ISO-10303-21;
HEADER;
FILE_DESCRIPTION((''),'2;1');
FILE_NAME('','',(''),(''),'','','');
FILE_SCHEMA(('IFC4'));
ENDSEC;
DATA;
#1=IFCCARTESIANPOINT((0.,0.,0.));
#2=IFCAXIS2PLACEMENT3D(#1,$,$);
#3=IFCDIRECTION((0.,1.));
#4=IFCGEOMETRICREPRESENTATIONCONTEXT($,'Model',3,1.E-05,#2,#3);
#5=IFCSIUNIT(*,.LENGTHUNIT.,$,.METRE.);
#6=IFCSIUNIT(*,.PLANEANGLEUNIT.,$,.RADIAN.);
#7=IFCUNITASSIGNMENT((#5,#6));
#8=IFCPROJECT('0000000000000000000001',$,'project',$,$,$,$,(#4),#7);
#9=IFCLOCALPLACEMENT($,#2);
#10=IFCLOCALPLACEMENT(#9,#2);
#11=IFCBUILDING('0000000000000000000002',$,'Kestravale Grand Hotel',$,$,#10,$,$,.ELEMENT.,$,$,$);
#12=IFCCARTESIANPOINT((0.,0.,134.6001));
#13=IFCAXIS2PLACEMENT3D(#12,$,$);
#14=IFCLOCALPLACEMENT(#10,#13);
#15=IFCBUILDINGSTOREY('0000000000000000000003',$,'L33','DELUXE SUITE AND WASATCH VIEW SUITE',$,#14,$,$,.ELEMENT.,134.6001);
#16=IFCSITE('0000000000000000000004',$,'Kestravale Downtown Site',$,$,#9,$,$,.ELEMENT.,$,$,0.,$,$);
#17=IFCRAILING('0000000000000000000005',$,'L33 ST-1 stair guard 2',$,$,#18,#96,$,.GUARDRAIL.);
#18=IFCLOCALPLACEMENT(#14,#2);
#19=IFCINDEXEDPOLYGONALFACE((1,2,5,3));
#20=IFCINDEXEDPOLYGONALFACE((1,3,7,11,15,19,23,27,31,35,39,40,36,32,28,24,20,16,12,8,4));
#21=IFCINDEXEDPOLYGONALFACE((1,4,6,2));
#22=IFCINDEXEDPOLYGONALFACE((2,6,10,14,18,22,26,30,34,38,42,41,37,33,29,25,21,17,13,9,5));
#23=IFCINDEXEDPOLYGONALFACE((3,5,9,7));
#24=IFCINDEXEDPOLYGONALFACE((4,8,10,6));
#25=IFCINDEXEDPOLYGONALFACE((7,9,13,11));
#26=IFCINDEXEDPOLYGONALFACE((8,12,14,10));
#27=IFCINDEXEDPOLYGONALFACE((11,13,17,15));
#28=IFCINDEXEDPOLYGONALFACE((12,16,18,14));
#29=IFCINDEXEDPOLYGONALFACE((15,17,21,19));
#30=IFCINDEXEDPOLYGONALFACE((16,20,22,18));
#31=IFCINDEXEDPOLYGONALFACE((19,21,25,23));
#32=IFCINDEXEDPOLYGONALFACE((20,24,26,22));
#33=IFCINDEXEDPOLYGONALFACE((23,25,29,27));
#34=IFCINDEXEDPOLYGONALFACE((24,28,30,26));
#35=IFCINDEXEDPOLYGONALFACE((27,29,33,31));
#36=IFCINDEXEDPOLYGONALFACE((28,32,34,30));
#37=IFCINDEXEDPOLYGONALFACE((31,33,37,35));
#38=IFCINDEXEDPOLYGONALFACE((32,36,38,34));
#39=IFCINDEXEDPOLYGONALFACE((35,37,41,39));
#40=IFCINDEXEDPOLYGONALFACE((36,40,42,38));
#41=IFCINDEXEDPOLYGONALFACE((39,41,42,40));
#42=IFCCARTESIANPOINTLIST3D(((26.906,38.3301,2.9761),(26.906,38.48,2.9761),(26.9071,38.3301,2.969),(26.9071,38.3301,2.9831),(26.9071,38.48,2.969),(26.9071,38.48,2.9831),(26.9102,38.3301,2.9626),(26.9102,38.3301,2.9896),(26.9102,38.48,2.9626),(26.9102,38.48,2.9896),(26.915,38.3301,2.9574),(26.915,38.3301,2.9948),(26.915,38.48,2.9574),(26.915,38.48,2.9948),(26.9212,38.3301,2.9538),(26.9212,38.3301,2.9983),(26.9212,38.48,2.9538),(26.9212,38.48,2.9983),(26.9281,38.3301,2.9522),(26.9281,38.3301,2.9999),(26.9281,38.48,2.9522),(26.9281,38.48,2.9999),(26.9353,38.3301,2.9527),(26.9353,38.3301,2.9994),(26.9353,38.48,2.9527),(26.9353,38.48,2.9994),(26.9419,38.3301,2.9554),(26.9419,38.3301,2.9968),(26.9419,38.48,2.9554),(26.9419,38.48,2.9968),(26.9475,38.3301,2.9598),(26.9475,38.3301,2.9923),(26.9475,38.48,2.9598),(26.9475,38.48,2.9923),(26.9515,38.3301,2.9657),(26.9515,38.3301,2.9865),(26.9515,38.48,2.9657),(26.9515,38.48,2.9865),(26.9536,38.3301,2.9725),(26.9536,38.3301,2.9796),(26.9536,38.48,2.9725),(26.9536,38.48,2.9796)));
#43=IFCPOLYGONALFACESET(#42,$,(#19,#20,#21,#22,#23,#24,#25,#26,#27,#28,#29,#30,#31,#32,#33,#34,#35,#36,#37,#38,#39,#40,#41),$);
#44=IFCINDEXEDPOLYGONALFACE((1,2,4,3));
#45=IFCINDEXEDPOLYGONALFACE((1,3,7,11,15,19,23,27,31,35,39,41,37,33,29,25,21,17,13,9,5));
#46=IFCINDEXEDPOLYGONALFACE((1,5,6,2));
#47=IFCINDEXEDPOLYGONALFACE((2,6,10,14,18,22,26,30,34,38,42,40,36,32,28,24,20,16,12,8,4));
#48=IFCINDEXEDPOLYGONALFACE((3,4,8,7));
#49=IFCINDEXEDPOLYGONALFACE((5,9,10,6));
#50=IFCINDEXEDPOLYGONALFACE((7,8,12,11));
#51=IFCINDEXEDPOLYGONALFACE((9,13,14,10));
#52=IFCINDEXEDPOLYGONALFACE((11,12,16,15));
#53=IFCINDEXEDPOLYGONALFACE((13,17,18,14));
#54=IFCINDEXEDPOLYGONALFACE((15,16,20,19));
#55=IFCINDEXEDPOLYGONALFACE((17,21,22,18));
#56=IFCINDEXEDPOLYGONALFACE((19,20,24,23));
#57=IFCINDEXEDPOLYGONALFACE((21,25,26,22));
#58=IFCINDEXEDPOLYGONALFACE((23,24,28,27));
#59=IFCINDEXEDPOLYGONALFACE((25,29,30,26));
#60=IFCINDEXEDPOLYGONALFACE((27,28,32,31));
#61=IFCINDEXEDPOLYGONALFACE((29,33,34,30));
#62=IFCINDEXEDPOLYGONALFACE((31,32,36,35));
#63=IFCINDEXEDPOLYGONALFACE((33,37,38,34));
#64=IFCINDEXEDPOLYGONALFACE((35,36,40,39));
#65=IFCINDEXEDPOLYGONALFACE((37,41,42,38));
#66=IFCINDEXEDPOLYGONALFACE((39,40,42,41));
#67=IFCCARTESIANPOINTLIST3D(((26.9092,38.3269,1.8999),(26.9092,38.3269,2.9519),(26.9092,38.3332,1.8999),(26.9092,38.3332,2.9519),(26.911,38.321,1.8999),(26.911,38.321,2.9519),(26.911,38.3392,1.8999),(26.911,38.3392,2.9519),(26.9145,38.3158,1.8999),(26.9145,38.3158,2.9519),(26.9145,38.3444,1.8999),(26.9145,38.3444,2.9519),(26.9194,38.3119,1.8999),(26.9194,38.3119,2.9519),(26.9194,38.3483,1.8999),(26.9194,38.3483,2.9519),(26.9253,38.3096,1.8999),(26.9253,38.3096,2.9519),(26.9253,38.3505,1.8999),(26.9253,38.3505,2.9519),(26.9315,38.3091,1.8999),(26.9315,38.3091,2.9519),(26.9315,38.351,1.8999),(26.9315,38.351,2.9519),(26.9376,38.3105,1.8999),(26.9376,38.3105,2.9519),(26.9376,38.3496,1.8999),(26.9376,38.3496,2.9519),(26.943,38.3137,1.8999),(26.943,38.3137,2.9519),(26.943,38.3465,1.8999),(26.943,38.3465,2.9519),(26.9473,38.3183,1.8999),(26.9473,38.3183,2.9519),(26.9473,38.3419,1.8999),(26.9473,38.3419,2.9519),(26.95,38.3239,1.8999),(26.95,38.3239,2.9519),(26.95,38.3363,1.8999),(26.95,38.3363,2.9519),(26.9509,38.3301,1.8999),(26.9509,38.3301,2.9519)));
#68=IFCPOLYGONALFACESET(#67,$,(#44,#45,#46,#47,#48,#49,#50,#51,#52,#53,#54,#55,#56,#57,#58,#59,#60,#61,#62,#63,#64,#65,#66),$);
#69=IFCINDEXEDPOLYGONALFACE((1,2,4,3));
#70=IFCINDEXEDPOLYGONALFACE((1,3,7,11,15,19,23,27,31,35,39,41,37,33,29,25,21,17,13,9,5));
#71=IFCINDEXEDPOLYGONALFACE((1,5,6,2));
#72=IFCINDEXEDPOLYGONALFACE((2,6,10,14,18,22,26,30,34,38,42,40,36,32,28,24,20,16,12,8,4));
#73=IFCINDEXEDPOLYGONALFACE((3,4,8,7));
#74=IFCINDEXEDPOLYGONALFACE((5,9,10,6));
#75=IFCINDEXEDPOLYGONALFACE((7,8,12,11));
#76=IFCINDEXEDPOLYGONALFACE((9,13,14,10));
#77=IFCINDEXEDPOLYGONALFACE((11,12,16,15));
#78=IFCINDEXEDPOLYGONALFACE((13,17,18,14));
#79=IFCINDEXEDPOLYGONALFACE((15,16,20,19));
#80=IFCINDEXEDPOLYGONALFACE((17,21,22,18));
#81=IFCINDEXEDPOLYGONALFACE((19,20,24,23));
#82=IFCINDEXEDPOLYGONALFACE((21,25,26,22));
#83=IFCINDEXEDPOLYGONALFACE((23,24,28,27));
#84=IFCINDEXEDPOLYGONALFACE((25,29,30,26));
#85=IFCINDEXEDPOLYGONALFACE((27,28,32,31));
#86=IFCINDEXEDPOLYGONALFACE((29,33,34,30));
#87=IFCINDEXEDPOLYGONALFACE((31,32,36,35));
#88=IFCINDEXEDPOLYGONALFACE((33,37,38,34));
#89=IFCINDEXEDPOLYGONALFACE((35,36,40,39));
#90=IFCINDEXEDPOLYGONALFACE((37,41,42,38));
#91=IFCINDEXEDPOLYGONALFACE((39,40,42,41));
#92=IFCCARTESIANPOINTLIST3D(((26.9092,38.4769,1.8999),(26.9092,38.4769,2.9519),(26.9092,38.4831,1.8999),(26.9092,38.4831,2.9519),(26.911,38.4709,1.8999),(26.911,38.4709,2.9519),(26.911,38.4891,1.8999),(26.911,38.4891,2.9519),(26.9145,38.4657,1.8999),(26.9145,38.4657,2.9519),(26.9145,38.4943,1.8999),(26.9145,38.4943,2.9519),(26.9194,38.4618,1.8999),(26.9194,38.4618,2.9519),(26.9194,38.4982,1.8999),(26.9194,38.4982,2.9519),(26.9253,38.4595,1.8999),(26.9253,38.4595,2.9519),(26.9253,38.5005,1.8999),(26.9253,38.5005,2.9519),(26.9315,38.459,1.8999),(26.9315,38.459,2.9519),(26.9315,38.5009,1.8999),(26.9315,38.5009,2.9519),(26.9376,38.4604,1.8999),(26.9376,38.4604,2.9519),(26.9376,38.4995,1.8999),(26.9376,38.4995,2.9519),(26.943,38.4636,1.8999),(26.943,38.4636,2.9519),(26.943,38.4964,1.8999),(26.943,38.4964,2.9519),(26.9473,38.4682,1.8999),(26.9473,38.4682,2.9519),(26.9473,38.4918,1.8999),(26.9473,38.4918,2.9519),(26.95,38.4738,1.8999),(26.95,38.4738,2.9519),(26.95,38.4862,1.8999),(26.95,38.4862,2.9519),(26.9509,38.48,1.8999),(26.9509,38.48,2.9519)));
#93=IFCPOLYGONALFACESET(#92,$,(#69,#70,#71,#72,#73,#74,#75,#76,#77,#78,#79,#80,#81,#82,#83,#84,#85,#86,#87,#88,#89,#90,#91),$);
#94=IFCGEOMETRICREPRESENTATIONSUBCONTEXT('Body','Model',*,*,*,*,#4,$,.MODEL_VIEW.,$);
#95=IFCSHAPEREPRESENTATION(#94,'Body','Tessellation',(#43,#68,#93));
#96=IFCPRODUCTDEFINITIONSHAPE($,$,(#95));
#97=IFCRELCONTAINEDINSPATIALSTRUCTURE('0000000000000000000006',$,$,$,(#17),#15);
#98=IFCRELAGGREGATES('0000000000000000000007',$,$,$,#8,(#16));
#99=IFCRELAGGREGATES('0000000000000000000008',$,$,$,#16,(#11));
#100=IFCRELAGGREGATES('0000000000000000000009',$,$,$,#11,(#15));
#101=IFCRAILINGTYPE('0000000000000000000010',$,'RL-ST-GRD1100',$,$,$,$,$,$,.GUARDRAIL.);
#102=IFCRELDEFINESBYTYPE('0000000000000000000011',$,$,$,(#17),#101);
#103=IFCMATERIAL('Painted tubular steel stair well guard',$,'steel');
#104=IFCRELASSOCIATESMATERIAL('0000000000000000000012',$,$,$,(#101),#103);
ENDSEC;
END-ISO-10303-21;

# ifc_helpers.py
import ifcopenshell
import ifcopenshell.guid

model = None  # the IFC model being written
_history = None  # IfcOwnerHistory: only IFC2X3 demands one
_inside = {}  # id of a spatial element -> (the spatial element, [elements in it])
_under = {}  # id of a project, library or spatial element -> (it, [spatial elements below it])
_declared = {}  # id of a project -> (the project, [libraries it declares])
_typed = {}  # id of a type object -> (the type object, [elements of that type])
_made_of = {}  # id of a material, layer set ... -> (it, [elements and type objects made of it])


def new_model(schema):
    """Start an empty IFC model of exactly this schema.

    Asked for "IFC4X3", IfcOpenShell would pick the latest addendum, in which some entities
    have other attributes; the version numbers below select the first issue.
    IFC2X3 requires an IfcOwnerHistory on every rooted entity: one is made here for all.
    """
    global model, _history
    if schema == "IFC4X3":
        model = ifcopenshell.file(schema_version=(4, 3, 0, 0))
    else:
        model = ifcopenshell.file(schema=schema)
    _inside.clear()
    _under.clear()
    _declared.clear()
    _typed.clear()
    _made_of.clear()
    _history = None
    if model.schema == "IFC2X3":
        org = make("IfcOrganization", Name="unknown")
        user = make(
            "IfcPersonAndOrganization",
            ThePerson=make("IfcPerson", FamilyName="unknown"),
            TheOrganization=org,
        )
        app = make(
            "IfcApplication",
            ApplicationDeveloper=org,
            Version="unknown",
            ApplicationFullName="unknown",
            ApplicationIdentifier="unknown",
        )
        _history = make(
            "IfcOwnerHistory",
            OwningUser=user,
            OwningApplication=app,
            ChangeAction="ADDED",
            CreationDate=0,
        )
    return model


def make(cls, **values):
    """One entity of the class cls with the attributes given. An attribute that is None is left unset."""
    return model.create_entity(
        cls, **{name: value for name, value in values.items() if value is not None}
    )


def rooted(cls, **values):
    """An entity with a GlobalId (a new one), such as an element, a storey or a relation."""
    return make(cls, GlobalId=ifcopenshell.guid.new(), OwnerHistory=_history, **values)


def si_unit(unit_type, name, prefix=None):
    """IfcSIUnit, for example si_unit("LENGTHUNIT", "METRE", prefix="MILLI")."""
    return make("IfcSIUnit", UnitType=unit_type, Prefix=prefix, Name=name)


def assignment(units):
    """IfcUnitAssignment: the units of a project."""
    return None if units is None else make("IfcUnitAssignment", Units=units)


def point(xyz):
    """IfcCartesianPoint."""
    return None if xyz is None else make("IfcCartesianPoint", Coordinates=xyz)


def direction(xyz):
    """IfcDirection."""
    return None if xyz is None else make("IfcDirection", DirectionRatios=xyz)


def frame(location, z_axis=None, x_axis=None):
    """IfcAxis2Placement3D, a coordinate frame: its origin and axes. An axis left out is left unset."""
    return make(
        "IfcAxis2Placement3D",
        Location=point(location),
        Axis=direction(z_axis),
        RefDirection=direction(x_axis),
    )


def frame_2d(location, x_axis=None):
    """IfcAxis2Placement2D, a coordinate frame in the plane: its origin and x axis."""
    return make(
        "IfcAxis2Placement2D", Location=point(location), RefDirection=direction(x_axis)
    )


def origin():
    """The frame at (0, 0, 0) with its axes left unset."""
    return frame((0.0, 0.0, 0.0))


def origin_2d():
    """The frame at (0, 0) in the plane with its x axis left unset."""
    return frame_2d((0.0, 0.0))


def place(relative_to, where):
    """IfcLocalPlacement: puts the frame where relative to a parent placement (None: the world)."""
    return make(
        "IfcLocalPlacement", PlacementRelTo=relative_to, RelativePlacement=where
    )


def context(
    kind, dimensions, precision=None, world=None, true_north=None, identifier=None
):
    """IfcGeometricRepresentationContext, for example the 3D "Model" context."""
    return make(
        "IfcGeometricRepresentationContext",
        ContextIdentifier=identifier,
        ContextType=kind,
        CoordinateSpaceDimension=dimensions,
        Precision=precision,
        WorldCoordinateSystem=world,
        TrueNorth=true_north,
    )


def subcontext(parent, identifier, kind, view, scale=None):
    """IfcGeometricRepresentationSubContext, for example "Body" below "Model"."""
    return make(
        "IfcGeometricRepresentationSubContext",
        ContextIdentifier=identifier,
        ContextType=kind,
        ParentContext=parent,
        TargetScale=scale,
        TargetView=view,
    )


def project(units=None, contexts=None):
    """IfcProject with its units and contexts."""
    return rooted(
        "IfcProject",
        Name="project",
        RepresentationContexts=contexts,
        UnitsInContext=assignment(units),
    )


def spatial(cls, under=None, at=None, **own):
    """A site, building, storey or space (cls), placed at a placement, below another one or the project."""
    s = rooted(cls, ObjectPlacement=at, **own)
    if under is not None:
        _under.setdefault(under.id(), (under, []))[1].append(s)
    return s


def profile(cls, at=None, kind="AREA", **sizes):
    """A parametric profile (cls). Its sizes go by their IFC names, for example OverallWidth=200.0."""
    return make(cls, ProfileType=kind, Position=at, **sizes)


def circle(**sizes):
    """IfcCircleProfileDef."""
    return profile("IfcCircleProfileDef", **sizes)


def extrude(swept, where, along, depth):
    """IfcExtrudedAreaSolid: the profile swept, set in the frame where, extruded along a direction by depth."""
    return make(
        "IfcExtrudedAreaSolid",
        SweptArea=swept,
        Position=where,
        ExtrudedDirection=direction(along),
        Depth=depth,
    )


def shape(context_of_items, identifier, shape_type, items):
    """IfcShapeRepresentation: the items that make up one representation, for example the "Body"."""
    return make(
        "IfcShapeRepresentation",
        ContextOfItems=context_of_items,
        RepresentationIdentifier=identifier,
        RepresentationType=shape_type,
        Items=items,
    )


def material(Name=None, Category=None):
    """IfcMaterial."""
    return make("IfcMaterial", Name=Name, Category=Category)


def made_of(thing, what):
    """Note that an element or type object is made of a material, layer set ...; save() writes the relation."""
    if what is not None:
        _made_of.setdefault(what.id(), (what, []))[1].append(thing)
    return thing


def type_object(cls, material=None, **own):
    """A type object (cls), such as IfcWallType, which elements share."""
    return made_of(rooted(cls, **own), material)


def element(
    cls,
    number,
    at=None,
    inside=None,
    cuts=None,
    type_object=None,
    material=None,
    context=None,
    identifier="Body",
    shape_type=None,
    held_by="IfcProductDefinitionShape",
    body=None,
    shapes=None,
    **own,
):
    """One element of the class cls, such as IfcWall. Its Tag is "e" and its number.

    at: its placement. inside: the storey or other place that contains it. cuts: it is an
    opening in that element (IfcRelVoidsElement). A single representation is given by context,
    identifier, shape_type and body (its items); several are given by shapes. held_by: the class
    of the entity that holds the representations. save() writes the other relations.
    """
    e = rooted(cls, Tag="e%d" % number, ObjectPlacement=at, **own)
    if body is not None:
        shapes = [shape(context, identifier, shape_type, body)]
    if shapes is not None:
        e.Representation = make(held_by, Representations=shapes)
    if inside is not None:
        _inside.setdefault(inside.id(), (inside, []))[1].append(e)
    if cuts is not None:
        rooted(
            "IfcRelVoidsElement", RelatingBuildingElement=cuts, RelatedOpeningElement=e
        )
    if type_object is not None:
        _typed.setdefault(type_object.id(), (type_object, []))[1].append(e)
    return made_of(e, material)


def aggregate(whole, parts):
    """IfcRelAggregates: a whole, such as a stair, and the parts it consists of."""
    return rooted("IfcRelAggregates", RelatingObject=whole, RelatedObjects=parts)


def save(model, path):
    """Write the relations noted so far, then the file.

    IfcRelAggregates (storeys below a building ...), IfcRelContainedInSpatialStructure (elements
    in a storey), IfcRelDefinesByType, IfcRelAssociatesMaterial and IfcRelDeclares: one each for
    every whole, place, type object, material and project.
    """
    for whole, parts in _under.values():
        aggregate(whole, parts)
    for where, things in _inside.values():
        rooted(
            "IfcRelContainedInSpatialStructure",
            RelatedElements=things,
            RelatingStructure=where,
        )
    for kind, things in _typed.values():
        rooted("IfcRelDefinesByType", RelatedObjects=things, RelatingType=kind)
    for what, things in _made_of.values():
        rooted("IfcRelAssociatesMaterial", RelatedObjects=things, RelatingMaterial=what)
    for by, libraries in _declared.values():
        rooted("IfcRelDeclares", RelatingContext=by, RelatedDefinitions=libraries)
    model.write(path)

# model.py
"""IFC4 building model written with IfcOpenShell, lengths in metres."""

from ifc_helpers import new_model, si_unit, direction, frame, origin, origin_2d, place, context, subcontext, project, spatial, circle, extrude, material, type_object, element, save


model = new_model("IFC4")

# Units and contexts
model_context = context("Model", 3, precision=1e-05, world=origin(), true_north=direction((0.0, 1.0)))
body_context = subcontext(model_context, "Body", "Model", "MODEL_VIEW")
ifc_project = project(units=[si_unit("LENGTHUNIT", "METRE"), si_unit("PLANEANGLEUNIT", "RADIAN")], contexts=[model_context])

# Site, building, storey
site_placement = place(None, origin())
site = spatial("IfcSite", under=ifc_project, at=site_placement, Name="Kestravale Downtown Site", CompositionType="ELEMENT", RefElevation=0.0)
building_placement = place(site_placement, origin())
building = spatial("IfcBuilding", under=site, at=building_placement, Name="Kestravale Grand Hotel", CompositionType="ELEMENT")
storey_placement = place(building_placement, frame((0.0, 0.0, 134.6001)))
storey = spatial("IfcBuildingStorey", under=building, at=storey_placement, Name="L33", Description="DELUXE SUITE AND WASATCH VIEW SUITE", CompositionType="ELEMENT", Elevation=134.6001)

# Railing
ifc_material_1 = material(Name="Painted tubular steel stair well guard", Category="steel")
railing_type_1 = type_object("IfcRailingType", Name="RL-ST-GRD1100", PredefinedType="GUARDRAIL", material=ifc_material_1)
railing_1_placement = place(storey_placement, frame((26.9299, 38.3301, 1.8999)))
element("IfcRailing", 1, at=railing_1_placement, inside=storey, type_object=railing_type_1, Name="L33 ST-1 stair guard 2", PredefinedType="GUARDRAIL", context=body_context, shape_type="SweptSolid", body=[
    extrude(circle(Radius=0.0239, at=origin_2d()), frame((0.0, 0.0, 1.0762), z_axis=(0.0, 1.0, 0.0), x_axis=(-1.0, 0.0, 0.0)), (0.0, 0.0, 1.0), 0.1499),
    extrude(circle(Radius=0.021, at=origin_2d()), origin(), (0.0, 0.0, 1.0), 1.052),
    extrude(circle(Radius=0.021, at=origin_2d()), frame((0.0, 0.1499, 0.0)), (0.0, 0.0, 1.0), 1.052),
])

save(model, "model.ifc")
